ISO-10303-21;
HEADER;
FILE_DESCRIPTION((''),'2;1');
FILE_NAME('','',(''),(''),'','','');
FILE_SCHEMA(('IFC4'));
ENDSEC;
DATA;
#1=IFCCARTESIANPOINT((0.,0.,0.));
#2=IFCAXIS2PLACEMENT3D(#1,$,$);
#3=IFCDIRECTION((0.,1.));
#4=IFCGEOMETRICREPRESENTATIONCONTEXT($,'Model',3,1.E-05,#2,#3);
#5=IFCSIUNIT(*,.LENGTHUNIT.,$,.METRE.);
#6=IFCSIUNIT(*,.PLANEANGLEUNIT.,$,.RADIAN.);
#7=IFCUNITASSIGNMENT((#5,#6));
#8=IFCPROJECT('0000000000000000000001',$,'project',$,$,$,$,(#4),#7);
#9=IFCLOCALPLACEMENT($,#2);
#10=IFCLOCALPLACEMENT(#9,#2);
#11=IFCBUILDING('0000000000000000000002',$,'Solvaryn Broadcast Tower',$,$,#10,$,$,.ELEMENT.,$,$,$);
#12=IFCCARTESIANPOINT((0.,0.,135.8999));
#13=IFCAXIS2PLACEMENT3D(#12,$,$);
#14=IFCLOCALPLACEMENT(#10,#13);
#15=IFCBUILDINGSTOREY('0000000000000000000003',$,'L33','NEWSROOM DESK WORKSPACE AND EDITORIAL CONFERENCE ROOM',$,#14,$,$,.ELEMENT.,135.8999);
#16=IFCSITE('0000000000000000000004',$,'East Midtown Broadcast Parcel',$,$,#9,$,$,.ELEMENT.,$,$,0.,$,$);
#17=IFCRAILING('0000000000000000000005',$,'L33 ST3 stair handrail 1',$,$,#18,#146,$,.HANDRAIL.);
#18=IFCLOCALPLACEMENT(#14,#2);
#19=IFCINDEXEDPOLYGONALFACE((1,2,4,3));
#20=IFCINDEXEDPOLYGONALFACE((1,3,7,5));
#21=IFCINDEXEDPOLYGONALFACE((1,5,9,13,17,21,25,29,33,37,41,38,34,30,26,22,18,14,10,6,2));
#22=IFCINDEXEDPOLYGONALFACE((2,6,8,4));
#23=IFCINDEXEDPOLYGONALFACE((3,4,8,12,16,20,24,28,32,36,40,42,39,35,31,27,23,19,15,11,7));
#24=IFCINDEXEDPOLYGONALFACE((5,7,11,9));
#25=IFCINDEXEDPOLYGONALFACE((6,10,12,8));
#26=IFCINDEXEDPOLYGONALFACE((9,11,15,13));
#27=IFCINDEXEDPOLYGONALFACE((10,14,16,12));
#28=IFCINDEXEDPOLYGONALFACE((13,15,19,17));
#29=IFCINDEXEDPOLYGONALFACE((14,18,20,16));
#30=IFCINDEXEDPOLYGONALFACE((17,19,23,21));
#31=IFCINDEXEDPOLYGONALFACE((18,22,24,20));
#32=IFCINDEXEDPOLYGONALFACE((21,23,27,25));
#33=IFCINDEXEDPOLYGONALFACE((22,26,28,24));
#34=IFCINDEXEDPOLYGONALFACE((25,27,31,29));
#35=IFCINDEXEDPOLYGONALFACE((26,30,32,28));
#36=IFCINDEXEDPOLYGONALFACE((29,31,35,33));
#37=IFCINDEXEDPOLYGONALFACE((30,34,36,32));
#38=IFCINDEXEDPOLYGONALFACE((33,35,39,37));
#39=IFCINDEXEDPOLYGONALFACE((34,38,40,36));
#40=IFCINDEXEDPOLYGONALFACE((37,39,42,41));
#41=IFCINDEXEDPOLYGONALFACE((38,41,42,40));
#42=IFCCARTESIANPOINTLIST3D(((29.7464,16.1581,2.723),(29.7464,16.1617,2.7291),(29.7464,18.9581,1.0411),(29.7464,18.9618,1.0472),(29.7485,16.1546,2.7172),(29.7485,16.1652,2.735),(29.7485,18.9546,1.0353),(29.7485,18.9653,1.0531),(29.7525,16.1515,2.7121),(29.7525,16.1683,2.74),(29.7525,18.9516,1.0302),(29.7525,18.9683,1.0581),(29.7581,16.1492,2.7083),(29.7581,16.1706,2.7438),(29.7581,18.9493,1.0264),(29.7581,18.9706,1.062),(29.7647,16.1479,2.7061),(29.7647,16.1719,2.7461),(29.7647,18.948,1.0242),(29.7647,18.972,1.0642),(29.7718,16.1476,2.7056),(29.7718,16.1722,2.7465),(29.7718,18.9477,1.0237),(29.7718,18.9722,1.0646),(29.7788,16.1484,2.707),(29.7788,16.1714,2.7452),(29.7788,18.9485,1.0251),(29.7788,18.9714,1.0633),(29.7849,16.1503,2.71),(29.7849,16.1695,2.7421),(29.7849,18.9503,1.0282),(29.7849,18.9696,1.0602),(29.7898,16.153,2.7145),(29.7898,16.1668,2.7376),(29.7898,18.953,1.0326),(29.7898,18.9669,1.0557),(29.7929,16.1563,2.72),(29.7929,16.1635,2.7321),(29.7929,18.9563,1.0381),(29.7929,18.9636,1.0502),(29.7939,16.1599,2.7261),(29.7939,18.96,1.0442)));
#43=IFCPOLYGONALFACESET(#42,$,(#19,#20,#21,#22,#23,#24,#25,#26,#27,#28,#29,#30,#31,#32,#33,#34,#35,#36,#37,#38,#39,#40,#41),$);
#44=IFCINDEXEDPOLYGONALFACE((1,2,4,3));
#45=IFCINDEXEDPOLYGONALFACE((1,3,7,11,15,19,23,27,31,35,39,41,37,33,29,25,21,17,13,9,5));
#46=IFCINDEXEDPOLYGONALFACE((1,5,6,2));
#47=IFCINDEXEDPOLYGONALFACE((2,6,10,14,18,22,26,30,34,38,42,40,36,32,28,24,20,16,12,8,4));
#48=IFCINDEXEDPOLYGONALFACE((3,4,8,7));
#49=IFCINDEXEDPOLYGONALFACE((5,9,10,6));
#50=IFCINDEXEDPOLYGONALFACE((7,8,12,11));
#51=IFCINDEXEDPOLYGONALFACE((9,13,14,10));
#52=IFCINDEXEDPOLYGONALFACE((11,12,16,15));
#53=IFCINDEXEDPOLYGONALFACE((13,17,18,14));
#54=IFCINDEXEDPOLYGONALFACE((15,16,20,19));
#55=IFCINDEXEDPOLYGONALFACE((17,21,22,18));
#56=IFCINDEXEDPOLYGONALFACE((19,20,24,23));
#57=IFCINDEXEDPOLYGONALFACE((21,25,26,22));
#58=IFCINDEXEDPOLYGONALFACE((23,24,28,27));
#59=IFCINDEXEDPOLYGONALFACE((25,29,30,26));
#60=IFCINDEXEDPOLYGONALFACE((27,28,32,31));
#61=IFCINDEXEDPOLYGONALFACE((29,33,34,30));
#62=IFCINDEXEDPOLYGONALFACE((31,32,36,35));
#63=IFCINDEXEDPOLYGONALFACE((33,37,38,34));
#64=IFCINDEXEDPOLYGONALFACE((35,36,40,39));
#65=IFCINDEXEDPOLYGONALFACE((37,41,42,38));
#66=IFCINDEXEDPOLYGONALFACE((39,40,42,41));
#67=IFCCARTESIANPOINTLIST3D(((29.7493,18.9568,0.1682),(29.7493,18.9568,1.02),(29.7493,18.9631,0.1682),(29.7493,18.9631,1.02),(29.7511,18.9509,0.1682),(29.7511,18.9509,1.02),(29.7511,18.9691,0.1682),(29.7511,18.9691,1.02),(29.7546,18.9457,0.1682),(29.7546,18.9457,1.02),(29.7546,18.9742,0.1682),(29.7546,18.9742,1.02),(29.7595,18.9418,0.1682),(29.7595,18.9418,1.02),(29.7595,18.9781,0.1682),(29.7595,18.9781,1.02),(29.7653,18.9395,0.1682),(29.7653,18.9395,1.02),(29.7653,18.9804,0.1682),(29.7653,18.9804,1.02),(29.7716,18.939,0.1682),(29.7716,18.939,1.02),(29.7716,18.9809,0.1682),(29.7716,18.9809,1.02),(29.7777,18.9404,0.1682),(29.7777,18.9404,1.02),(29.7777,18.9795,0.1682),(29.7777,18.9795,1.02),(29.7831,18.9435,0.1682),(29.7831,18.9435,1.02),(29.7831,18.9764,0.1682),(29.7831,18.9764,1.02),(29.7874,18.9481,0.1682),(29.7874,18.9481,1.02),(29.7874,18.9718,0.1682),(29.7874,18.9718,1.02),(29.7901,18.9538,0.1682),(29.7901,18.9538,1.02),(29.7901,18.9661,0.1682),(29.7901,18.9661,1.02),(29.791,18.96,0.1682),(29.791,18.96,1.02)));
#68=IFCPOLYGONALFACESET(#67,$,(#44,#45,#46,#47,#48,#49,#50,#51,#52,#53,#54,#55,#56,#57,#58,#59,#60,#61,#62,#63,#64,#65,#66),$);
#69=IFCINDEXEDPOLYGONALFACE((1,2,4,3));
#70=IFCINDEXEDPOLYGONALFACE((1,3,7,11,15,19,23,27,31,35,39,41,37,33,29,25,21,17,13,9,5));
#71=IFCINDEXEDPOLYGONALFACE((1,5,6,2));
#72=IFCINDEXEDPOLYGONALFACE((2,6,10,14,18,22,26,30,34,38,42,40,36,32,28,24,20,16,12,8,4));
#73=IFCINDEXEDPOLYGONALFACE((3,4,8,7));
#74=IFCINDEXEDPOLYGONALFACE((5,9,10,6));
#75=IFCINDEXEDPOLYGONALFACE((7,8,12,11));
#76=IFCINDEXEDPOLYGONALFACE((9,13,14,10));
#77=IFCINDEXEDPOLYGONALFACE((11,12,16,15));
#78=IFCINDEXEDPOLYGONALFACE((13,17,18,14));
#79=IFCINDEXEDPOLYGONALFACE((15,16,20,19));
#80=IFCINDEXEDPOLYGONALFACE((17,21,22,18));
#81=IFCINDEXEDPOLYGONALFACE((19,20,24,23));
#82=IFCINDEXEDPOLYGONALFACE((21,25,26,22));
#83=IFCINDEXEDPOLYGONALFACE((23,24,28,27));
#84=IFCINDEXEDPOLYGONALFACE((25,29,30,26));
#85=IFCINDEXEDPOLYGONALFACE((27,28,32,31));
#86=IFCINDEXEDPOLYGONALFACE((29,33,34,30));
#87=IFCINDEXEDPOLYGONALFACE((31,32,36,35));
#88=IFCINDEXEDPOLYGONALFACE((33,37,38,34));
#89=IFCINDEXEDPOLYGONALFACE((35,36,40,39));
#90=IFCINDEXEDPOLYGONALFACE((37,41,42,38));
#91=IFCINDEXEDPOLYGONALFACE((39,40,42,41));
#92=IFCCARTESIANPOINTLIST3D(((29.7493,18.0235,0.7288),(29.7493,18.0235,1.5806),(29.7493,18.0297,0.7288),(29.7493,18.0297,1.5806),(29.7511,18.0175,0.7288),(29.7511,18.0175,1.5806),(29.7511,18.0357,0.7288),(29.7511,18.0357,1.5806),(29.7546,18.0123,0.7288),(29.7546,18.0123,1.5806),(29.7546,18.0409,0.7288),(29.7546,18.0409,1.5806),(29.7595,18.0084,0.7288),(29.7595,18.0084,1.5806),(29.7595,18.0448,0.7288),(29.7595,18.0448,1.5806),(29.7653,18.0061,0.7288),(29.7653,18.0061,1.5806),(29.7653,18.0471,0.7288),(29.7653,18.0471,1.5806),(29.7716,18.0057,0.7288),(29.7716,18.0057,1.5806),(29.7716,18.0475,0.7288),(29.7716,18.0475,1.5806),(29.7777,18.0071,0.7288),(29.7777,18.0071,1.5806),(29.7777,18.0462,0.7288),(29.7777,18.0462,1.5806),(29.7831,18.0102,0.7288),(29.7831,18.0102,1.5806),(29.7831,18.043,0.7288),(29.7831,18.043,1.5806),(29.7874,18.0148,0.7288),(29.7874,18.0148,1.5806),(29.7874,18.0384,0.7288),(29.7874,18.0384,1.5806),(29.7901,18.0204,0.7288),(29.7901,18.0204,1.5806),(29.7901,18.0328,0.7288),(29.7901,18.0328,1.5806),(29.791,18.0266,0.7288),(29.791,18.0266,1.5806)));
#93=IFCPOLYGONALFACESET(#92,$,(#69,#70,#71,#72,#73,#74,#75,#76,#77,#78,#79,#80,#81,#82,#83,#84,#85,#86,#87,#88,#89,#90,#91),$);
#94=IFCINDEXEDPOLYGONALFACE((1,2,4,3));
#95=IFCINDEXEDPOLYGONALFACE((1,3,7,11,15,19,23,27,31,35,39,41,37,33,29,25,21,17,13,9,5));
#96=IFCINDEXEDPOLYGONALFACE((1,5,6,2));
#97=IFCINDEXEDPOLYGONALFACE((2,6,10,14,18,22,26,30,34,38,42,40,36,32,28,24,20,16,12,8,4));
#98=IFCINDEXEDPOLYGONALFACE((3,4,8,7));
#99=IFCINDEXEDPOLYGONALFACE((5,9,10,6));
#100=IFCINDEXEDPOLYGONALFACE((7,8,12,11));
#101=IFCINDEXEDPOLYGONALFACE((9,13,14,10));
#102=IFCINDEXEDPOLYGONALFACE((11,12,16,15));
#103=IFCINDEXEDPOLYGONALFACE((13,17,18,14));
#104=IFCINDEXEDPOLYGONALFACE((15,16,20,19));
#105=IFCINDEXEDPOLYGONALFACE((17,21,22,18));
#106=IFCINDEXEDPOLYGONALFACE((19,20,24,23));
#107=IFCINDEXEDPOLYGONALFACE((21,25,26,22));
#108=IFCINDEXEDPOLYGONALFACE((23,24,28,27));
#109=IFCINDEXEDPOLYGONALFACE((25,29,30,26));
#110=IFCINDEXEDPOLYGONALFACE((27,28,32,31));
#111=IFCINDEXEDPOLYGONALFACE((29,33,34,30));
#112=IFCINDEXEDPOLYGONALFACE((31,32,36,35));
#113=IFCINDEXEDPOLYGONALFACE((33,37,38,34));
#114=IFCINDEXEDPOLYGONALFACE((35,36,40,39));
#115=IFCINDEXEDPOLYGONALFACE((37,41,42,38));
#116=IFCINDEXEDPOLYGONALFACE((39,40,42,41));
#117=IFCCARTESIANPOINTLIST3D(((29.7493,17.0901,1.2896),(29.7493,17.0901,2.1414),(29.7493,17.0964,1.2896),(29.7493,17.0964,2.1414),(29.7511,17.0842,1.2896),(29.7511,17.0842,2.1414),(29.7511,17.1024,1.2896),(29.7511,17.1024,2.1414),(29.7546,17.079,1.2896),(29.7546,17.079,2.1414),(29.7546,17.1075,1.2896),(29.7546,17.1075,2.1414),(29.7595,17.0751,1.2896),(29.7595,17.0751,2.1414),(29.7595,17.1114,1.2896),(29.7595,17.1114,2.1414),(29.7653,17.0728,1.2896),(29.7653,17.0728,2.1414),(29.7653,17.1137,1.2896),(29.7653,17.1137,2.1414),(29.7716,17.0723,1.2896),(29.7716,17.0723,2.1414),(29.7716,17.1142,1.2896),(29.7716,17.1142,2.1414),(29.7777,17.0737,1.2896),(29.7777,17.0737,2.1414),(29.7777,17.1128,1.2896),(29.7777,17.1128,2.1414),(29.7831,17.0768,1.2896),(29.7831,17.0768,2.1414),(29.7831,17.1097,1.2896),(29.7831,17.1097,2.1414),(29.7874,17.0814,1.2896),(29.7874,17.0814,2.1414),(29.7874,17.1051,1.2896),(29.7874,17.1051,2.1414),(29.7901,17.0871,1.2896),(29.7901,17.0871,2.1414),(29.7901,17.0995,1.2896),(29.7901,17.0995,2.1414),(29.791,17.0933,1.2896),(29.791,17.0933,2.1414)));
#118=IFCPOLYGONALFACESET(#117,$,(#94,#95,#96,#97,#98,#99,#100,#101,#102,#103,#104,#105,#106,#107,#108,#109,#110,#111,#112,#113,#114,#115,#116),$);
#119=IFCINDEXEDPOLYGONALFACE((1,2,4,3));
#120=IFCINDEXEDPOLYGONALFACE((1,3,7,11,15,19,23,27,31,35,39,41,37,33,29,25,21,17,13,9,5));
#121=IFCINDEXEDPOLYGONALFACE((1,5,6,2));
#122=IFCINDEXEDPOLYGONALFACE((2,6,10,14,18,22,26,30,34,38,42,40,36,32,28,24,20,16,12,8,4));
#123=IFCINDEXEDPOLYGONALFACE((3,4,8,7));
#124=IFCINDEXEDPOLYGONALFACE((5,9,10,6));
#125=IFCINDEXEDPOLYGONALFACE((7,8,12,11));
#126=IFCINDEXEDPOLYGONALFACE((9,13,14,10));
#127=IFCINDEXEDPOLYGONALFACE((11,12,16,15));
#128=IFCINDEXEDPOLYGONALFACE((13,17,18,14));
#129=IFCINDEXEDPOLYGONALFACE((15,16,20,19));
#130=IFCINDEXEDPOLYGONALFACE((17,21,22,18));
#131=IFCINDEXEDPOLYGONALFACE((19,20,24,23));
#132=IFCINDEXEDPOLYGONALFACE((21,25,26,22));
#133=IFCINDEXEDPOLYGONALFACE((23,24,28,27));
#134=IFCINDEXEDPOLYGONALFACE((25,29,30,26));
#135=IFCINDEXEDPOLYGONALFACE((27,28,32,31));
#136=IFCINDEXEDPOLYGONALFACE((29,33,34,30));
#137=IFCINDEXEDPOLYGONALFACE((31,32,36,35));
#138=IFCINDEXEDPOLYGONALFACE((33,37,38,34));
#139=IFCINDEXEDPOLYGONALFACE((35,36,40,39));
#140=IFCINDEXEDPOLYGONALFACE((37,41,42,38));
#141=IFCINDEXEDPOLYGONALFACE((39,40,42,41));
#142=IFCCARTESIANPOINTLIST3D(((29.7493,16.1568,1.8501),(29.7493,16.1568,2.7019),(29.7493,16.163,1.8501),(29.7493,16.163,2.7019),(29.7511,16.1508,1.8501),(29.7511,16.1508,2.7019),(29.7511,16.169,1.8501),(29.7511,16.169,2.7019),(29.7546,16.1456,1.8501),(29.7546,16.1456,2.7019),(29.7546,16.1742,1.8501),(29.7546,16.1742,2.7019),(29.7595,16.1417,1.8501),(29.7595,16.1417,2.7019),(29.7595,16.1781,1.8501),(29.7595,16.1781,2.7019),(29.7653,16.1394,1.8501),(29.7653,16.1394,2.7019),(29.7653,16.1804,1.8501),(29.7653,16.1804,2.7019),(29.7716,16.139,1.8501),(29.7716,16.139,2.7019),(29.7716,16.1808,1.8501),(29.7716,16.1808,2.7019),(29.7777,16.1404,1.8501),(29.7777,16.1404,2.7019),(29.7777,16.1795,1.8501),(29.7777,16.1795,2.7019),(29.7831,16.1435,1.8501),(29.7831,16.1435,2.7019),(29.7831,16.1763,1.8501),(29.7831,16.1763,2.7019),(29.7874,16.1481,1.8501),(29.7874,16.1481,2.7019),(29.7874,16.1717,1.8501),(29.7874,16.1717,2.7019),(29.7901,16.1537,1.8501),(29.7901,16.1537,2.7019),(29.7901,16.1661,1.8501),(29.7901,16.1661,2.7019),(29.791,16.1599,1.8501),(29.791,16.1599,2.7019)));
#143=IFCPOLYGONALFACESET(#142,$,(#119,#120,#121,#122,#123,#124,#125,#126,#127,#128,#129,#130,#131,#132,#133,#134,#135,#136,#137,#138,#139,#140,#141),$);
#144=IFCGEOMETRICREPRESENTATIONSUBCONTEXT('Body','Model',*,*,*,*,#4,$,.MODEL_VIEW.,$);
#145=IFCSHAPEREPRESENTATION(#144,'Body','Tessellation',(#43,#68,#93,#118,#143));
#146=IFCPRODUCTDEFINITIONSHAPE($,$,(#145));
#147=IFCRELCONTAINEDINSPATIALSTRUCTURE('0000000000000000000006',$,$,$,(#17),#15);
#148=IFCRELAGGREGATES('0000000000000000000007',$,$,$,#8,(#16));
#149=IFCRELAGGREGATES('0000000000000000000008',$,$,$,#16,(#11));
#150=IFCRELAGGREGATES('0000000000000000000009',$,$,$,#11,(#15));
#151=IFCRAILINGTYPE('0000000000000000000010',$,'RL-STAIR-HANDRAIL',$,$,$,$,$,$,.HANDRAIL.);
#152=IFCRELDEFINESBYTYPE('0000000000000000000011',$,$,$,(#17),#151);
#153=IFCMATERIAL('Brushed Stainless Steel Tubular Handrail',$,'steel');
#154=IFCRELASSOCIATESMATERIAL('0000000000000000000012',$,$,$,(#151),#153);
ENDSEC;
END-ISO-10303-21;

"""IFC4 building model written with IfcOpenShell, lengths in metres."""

from ifc_helpers import new_model, si_unit, direction, frame, origin, origin_2d, place, context, subcontext, project, spatial, circle, extrude, material, type_object, element, save


model = new_model("IFC4")

# Units and contexts
model_context = context("Model", 3, precision=1e-05, world=origin(), true_north=direction((0.0, 1.0)))
body_context = subcontext(model_context, "Body", "Model", "MODEL_VIEW")
ifc_project = project(units=[si_unit("LENGTHUNIT", "METRE"), si_unit("PLANEANGLEUNIT", "RADIAN")], contexts=[model_context])

# Site, building, storey
site_placement = place(None, origin())
site = spatial("IfcSite", under=ifc_project, at=site_placement, Name="East Midtown Broadcast Parcel", CompositionType="ELEMENT", RefElevation=0.0)
building_placement = place(site_placement, origin())
building = spatial("IfcBuilding", under=site, at=building_placement, Name="Solvaryn Broadcast Tower", CompositionType="ELEMENT")
storey_placement = place(building_placement, frame((0.0, 0.0, 135.8999)))
storey = spatial("IfcBuildingStorey", under=building, at=storey_placement, Name="L33", Description="NEWSROOM DESK WORKSPACE AND EDITORIAL CONFERENCE ROOM", CompositionType="ELEMENT", Elevation=135.8999)

# Railing
ifc_material_1 = material(Name="Brushed Stainless Steel Tubular Handrail", Category="steel")
railing_type_1 = type_object("IfcRailingType", Name="RL-STAIR-HANDRAIL", PredefinedType="HANDRAIL", material=ifc_material_1)
railing_1_placement = place(storey_placement, frame((29.77, 18.96, 0.1682)))
element("IfcRailing", 1, at=railing_1_placement, inside=storey, type_object=railing_type_1, Name="L33 ST3 stair handrail 1", PredefinedType="HANDRAIL", context=body_context, shape_type="SweptSolid", body=[
    extrude(circle(Radius=0.0239, at=origin_2d()), frame((0.0, 0.0, 0.876), z_axis=(0.0, -0.857242, 0.514913), x_axis=(1.0, 0.0, 0.0)), (0.0, 0.0, 1.0), 3.2664),
    extrude(circle(Radius=0.021, at=origin_2d()), origin(), (0.0, 0.0, 1.0), 0.8518),
    extrude(circle(Radius=0.021, at=origin_2d()), frame((0.0, -0.9333, 0.5605)), (0.0, 0.0, 1.0), 0.8518),
    extrude(circle(Radius=0.021, at=origin_2d()), frame((0.0, -1.8667, 1.1213)), (0.0, 0.0, 1.0), 0.8518),
    extrude(circle(Radius=0.021, at=origin_2d()), frame((0.0, -2.8, 1.6819)), (0.0, 0.0, 1.0), 0.8518),
])

save(model, "model.ifc")
